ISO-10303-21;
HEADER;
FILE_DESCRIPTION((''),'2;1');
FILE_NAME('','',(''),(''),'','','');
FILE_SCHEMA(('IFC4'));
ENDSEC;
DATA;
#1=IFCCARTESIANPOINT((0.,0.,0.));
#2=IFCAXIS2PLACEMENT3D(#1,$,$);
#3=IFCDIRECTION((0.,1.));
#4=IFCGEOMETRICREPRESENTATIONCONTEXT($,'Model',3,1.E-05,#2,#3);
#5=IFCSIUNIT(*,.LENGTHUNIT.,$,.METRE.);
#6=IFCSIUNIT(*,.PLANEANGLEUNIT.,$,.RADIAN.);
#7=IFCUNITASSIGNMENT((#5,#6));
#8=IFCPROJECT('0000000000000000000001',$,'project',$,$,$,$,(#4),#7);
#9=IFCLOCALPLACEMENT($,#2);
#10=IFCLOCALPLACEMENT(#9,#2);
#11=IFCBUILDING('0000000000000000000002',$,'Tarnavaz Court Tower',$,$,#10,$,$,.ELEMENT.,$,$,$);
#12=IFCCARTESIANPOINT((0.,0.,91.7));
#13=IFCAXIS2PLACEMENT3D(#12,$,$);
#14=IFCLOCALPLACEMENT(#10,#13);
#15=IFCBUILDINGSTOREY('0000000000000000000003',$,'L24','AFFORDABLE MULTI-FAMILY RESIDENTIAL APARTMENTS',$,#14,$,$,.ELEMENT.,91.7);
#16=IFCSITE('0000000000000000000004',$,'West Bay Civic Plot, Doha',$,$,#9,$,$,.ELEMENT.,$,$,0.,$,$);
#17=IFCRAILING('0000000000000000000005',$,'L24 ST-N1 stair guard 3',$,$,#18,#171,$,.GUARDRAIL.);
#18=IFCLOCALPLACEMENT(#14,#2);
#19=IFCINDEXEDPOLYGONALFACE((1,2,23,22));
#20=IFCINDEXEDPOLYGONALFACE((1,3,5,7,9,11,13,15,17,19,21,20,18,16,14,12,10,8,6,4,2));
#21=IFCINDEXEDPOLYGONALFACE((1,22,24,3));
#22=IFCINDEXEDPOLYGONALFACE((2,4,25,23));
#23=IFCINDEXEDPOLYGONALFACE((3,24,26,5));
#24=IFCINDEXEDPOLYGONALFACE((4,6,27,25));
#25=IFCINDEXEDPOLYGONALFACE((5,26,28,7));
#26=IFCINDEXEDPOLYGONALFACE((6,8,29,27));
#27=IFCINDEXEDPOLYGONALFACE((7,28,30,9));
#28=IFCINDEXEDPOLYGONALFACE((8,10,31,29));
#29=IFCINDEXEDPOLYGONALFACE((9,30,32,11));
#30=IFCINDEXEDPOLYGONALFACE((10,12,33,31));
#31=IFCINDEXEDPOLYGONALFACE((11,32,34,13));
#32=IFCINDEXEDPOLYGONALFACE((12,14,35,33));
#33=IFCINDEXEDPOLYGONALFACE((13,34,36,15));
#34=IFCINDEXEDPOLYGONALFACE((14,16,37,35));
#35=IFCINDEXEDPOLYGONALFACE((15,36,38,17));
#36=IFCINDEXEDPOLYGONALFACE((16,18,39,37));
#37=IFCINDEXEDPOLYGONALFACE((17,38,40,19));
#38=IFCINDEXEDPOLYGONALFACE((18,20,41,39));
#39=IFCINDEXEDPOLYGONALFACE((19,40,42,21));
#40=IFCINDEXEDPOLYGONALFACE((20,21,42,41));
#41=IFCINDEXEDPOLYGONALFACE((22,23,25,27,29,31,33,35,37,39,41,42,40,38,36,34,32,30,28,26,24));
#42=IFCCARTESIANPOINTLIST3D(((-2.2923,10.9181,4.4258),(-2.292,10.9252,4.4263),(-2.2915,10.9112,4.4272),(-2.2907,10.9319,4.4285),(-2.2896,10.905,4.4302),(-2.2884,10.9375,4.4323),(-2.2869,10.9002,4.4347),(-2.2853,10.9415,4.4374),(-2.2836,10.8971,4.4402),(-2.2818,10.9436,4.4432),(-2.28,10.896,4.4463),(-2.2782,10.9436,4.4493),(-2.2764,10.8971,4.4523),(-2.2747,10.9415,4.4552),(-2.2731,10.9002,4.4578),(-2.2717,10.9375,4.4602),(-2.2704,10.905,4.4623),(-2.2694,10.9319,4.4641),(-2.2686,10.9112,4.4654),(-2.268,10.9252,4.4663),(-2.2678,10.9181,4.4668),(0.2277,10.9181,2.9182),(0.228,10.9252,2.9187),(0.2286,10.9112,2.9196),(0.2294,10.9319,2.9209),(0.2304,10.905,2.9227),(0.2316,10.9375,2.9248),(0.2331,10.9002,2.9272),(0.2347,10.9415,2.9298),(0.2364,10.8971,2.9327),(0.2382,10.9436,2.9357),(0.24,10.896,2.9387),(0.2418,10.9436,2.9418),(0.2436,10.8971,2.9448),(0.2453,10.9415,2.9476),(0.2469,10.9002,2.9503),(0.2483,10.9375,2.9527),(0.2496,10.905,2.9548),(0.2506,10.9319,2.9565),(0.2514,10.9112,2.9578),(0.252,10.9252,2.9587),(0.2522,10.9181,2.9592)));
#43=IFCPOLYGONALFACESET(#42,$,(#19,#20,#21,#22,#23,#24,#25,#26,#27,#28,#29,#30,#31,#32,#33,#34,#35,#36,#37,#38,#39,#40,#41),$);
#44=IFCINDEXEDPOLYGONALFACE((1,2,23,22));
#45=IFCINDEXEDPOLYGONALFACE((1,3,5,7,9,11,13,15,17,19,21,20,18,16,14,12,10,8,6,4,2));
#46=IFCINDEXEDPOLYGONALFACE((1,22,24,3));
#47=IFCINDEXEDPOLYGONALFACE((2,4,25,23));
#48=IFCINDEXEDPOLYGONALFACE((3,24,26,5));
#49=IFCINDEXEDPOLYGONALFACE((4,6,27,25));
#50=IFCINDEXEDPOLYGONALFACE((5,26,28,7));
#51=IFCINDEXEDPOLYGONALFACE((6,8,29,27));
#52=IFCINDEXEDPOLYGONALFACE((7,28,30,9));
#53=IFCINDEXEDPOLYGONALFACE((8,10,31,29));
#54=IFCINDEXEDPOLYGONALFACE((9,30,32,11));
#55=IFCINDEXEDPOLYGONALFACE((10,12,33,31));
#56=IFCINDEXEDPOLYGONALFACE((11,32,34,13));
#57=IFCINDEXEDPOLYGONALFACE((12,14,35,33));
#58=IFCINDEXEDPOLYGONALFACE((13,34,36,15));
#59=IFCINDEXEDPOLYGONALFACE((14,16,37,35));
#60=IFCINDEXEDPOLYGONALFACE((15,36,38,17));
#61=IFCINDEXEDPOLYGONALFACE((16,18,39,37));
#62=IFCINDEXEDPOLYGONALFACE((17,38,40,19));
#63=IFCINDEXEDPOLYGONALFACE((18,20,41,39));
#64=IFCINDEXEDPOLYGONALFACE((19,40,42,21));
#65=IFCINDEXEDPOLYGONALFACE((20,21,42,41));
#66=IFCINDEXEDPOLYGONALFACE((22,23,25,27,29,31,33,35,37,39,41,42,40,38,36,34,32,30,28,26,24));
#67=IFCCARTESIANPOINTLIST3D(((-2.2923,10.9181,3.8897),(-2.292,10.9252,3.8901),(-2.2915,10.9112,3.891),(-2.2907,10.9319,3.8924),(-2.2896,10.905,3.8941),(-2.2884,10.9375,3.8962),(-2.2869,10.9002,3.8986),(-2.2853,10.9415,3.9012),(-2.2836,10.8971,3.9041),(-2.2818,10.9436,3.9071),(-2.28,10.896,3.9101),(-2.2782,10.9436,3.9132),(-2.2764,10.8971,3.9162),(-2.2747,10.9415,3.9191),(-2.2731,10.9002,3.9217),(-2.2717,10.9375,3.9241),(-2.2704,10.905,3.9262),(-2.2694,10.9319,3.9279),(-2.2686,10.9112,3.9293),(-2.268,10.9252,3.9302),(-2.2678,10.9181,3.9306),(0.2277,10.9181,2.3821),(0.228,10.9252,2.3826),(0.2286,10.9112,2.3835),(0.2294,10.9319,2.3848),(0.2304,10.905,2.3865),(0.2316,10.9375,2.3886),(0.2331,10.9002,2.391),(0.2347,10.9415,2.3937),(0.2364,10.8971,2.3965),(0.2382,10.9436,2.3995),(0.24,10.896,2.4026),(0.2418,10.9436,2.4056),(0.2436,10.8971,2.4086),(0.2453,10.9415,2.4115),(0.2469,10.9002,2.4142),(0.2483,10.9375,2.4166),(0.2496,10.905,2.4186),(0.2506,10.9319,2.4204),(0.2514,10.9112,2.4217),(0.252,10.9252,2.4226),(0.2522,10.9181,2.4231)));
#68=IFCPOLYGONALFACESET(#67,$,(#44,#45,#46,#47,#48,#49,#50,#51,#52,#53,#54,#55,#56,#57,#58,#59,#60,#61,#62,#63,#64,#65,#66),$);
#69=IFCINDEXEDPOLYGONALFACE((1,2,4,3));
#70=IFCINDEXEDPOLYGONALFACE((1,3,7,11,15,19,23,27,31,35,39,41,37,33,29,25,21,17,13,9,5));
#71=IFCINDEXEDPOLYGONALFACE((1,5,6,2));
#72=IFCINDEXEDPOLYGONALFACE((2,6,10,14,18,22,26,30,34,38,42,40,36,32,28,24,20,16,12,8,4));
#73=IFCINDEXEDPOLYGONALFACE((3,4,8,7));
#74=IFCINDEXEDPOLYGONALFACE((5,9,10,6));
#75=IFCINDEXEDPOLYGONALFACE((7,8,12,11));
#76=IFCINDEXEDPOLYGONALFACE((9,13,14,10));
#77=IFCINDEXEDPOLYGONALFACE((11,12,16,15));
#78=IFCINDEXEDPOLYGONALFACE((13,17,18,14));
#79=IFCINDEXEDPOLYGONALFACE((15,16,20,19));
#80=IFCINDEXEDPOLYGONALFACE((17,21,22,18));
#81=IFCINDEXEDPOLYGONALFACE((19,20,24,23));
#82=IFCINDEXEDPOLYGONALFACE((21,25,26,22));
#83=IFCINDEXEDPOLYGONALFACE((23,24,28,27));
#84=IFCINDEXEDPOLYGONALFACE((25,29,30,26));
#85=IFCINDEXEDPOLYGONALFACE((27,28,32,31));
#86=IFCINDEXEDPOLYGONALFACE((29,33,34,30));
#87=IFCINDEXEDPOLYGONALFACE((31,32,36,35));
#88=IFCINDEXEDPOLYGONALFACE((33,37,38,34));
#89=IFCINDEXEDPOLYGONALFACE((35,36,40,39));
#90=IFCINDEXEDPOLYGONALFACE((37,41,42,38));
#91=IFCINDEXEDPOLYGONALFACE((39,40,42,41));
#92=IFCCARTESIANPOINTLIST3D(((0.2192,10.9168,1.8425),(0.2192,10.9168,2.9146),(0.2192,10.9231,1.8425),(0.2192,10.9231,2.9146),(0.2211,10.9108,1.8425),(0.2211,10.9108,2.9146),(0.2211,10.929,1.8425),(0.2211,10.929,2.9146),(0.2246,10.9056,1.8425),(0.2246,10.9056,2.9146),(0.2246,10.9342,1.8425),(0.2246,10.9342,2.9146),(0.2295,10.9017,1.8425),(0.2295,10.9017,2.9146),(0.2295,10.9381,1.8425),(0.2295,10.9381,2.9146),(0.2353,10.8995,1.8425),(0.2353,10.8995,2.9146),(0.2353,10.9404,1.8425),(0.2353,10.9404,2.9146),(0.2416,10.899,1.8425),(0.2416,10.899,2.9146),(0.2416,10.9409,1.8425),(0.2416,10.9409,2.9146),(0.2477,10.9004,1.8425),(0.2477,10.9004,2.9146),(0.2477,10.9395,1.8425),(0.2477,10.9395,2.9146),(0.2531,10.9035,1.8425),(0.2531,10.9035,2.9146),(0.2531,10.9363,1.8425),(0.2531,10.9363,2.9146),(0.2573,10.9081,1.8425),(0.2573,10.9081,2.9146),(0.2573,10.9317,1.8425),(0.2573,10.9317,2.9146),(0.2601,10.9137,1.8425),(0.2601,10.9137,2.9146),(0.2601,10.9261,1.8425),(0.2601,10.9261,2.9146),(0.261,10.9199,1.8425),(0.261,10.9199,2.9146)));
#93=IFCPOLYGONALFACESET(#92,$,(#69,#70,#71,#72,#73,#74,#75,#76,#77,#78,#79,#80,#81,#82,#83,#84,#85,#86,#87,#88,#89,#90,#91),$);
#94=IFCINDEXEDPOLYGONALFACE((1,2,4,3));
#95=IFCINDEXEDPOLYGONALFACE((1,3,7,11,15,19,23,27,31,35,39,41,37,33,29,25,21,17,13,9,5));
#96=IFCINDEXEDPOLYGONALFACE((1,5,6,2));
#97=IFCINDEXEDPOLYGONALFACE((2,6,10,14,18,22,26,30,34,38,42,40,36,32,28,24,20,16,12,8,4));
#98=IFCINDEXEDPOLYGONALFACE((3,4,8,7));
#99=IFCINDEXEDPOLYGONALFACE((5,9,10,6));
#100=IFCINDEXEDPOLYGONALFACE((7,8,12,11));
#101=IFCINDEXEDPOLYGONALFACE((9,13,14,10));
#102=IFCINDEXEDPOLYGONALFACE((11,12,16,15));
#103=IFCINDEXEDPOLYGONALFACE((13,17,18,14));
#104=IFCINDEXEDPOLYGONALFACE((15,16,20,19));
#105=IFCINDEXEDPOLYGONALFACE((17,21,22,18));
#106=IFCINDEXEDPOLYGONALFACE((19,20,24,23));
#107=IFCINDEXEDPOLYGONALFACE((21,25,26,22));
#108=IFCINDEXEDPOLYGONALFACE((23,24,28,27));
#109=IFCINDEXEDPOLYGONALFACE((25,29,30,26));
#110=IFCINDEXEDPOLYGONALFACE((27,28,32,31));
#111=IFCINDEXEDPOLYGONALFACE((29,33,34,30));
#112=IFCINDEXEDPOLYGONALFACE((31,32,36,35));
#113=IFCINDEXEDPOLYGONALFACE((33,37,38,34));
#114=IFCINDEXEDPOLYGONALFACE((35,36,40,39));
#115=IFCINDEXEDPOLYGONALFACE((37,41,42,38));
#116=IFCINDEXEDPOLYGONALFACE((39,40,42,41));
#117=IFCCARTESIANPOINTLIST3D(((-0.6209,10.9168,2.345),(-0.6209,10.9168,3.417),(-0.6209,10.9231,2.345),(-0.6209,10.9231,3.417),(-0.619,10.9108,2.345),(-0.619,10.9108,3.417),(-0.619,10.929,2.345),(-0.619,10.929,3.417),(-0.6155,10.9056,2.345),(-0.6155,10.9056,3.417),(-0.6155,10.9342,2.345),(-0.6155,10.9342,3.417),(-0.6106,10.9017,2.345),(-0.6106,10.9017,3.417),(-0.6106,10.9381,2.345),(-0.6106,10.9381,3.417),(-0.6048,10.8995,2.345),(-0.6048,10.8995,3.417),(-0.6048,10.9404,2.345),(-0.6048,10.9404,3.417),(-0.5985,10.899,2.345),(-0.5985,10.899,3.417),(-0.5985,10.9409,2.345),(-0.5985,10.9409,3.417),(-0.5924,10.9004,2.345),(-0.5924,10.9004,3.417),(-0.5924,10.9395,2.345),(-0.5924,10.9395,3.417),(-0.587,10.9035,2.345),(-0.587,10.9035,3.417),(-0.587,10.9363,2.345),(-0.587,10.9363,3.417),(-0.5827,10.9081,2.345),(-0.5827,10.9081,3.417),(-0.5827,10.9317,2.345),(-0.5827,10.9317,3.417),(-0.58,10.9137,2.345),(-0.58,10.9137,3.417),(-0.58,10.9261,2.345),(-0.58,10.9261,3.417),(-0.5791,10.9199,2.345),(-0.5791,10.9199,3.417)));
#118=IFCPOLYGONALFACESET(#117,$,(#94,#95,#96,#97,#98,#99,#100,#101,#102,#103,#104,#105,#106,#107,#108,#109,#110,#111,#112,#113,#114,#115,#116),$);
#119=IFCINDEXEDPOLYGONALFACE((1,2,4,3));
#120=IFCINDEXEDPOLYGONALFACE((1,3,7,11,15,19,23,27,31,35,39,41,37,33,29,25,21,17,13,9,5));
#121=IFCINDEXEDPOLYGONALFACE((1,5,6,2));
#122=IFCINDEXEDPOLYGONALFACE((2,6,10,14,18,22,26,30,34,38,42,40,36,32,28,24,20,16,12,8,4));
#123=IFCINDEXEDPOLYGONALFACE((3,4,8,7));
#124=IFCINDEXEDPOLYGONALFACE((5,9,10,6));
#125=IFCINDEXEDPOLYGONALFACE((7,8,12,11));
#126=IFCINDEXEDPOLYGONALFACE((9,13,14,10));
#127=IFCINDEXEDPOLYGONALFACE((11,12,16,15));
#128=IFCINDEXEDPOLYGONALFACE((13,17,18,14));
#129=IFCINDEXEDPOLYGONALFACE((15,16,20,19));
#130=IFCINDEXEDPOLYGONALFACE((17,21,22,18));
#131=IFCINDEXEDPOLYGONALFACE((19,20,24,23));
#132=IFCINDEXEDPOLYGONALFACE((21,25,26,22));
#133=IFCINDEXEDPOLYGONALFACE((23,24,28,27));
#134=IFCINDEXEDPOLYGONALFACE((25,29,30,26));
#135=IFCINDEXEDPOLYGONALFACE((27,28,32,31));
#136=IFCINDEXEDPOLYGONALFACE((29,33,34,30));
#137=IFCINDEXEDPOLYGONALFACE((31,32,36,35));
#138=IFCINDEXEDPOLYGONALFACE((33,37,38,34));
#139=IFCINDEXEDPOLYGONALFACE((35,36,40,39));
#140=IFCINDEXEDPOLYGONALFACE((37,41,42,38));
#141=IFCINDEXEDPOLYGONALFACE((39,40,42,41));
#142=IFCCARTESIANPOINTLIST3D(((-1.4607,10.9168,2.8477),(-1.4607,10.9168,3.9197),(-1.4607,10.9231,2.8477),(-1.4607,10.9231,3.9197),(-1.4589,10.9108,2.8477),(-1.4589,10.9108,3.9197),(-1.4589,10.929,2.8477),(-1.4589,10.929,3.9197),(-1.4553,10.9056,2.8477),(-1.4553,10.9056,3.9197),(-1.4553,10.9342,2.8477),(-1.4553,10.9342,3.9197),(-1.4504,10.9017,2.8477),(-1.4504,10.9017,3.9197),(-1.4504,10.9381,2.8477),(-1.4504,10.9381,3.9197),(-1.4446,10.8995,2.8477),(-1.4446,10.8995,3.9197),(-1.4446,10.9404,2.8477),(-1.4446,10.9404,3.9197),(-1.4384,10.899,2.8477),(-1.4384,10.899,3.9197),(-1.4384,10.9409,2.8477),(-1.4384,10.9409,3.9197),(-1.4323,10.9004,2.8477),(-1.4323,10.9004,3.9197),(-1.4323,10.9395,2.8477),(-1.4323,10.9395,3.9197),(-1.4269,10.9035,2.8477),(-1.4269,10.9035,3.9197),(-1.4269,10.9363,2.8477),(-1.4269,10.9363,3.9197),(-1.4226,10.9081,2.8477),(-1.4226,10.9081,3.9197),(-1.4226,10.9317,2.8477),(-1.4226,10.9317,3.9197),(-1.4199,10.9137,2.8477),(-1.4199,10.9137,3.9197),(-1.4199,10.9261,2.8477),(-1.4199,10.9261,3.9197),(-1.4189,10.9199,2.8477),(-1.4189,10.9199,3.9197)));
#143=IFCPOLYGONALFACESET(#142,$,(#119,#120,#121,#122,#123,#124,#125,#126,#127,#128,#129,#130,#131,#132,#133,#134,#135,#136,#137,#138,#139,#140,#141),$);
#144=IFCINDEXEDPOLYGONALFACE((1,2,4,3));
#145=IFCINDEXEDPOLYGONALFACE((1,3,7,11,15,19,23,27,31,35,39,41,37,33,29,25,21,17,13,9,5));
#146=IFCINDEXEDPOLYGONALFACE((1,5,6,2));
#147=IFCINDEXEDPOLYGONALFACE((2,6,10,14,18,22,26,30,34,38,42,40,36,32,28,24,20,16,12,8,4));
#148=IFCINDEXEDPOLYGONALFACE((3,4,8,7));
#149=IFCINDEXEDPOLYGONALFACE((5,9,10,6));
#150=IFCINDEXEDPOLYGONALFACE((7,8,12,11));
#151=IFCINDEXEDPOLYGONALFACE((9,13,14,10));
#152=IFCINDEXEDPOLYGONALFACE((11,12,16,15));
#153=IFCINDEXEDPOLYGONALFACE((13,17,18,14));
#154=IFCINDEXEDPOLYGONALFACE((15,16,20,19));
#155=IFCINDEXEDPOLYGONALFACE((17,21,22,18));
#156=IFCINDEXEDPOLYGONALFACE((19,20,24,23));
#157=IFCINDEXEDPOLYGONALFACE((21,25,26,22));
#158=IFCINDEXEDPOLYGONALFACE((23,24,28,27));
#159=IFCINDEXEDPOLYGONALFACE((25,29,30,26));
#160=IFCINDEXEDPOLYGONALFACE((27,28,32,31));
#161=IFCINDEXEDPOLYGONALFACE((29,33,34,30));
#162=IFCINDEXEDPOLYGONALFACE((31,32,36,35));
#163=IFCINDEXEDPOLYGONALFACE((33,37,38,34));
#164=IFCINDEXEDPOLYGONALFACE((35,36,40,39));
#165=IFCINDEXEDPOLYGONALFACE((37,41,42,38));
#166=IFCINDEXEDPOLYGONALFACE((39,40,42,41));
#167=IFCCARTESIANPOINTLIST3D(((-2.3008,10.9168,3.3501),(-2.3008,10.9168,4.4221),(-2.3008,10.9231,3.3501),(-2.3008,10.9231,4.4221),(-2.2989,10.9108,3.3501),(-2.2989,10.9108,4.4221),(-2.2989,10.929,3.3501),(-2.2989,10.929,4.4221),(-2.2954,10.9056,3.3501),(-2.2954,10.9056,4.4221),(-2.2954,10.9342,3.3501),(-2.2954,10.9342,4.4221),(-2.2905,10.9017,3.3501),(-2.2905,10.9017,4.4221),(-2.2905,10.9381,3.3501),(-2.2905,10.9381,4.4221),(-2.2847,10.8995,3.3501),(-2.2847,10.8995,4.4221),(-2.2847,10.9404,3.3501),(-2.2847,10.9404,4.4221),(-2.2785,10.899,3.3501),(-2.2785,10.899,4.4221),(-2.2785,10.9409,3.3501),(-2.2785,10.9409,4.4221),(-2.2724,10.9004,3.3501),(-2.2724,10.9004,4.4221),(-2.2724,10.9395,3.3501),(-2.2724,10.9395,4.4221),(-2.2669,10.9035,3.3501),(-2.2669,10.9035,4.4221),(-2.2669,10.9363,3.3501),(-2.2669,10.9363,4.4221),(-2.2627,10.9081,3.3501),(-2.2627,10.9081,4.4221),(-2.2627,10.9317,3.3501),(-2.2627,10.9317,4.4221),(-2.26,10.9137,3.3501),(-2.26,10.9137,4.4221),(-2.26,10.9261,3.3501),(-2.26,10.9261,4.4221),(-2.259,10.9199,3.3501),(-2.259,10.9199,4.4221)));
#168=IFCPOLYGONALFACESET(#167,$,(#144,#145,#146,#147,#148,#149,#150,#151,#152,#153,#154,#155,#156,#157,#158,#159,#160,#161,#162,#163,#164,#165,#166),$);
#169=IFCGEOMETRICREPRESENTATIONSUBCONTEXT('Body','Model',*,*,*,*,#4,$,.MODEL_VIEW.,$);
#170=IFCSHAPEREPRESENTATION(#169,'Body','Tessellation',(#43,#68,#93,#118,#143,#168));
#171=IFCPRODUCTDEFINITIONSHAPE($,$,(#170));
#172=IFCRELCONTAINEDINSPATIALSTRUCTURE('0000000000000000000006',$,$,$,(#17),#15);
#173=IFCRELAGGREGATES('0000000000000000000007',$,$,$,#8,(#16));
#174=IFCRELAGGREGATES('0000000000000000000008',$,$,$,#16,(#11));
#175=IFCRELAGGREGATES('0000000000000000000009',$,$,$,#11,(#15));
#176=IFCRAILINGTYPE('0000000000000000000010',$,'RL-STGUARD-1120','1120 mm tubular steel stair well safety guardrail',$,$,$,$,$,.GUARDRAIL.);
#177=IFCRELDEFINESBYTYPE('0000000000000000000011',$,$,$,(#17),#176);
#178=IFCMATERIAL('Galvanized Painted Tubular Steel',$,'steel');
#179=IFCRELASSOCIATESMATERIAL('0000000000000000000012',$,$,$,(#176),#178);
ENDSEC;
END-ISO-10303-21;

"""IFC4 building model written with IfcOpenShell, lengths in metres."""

from ifc_helpers import new_model, si_unit, direction, frame, origin, origin_2d, place, context, subcontext, project, spatial, circle, extrude, material, type_object, element, save


model = new_model("IFC4")

# Units and contexts
model_context = context("Model", 3, precision=1e-05, world=origin(), true_north=direction((0.0, 1.0)))
body_context = subcontext(model_context, "Body", "Model", "MODEL_VIEW")
ifc_project = project(units=[si_unit("LENGTHUNIT", "METRE"), si_unit("PLANEANGLEUNIT", "RADIAN")], contexts=[model_context])

# Site, building, storey
site_placement = place(None, origin())
site = spatial("IfcSite", under=ifc_project, at=site_placement, Name="West Bay Civic Plot, Doha", CompositionType="ELEMENT", RefElevation=0.0)
building_placement = place(site_placement, origin())
building = spatial("IfcBuilding", under=site, at=building_placement, Name="Tarnavaz Court Tower", CompositionType="ELEMENT")
storey_placement = place(building_placement, frame((0.0, 0.0, 91.7)))
storey = spatial("IfcBuildingStorey", under=building, at=storey_placement, Name="L24", Description="AFFORDABLE MULTI-FAMILY RESIDENTIAL APARTMENTS", CompositionType="ELEMENT", Elevation=91.7)

# Railing
ifc_material_1 = material(Name="Galvanized Painted Tubular Steel", Category="steel")
railing_type_1 = type_object("IfcRailingType", Name="RL-STGUARD-1120", Description="1120 mm tubular steel stair well safety guardrail", PredefinedType="GUARDRAIL", material=ifc_material_1)
railing_1_placement = place(storey_placement, frame((0.24, 10.9199, 1.8425)))
element("IfcRailing", 1, at=railing_1_placement, inside=storey, type_object=railing_type_1, Name="L24 ST-N1 stair guard 3", PredefinedType="GUARDRAIL", context=body_context, shape_type="SweptSolid", body=[
    extrude(circle(Radius=0.0239, at=origin_2d()), frame((0.0, 0.0, 1.0962), z_axis=(-0.85816, 0.0, 0.513383), x_axis=(0.0, -1.0, 0.0)), (0.0, 0.0, 1.0), 2.9365),
    extrude(circle(Radius=0.0239, at=origin_2d()), frame((0.0, 0.0, 0.5601), z_axis=(-0.85816, 0.0, 0.513383), x_axis=(0.0, -1.0, 0.0)), (0.0, 0.0, 1.0), 2.9365),
    extrude(circle(Radius=0.021, at=origin_2d()), origin(), (0.0, 0.0, 1.0), 1.072),
    extrude(circle(Radius=0.021, at=origin_2d()), frame((-0.8401, 0.0, 0.5024)), (0.0, 0.0, 1.0), 1.072),
    extrude(circle(Radius=0.021, at=origin_2d()), frame((-1.6799, 0.0, 1.0051)), (0.0, 0.0, 1.0), 1.072),
    extrude(circle(Radius=0.021, at=origin_2d()), frame((-2.52, 0.0, 1.5076)), (0.0, 0.0, 1.0), 1.072),
])

save(model, "model.ifc")
